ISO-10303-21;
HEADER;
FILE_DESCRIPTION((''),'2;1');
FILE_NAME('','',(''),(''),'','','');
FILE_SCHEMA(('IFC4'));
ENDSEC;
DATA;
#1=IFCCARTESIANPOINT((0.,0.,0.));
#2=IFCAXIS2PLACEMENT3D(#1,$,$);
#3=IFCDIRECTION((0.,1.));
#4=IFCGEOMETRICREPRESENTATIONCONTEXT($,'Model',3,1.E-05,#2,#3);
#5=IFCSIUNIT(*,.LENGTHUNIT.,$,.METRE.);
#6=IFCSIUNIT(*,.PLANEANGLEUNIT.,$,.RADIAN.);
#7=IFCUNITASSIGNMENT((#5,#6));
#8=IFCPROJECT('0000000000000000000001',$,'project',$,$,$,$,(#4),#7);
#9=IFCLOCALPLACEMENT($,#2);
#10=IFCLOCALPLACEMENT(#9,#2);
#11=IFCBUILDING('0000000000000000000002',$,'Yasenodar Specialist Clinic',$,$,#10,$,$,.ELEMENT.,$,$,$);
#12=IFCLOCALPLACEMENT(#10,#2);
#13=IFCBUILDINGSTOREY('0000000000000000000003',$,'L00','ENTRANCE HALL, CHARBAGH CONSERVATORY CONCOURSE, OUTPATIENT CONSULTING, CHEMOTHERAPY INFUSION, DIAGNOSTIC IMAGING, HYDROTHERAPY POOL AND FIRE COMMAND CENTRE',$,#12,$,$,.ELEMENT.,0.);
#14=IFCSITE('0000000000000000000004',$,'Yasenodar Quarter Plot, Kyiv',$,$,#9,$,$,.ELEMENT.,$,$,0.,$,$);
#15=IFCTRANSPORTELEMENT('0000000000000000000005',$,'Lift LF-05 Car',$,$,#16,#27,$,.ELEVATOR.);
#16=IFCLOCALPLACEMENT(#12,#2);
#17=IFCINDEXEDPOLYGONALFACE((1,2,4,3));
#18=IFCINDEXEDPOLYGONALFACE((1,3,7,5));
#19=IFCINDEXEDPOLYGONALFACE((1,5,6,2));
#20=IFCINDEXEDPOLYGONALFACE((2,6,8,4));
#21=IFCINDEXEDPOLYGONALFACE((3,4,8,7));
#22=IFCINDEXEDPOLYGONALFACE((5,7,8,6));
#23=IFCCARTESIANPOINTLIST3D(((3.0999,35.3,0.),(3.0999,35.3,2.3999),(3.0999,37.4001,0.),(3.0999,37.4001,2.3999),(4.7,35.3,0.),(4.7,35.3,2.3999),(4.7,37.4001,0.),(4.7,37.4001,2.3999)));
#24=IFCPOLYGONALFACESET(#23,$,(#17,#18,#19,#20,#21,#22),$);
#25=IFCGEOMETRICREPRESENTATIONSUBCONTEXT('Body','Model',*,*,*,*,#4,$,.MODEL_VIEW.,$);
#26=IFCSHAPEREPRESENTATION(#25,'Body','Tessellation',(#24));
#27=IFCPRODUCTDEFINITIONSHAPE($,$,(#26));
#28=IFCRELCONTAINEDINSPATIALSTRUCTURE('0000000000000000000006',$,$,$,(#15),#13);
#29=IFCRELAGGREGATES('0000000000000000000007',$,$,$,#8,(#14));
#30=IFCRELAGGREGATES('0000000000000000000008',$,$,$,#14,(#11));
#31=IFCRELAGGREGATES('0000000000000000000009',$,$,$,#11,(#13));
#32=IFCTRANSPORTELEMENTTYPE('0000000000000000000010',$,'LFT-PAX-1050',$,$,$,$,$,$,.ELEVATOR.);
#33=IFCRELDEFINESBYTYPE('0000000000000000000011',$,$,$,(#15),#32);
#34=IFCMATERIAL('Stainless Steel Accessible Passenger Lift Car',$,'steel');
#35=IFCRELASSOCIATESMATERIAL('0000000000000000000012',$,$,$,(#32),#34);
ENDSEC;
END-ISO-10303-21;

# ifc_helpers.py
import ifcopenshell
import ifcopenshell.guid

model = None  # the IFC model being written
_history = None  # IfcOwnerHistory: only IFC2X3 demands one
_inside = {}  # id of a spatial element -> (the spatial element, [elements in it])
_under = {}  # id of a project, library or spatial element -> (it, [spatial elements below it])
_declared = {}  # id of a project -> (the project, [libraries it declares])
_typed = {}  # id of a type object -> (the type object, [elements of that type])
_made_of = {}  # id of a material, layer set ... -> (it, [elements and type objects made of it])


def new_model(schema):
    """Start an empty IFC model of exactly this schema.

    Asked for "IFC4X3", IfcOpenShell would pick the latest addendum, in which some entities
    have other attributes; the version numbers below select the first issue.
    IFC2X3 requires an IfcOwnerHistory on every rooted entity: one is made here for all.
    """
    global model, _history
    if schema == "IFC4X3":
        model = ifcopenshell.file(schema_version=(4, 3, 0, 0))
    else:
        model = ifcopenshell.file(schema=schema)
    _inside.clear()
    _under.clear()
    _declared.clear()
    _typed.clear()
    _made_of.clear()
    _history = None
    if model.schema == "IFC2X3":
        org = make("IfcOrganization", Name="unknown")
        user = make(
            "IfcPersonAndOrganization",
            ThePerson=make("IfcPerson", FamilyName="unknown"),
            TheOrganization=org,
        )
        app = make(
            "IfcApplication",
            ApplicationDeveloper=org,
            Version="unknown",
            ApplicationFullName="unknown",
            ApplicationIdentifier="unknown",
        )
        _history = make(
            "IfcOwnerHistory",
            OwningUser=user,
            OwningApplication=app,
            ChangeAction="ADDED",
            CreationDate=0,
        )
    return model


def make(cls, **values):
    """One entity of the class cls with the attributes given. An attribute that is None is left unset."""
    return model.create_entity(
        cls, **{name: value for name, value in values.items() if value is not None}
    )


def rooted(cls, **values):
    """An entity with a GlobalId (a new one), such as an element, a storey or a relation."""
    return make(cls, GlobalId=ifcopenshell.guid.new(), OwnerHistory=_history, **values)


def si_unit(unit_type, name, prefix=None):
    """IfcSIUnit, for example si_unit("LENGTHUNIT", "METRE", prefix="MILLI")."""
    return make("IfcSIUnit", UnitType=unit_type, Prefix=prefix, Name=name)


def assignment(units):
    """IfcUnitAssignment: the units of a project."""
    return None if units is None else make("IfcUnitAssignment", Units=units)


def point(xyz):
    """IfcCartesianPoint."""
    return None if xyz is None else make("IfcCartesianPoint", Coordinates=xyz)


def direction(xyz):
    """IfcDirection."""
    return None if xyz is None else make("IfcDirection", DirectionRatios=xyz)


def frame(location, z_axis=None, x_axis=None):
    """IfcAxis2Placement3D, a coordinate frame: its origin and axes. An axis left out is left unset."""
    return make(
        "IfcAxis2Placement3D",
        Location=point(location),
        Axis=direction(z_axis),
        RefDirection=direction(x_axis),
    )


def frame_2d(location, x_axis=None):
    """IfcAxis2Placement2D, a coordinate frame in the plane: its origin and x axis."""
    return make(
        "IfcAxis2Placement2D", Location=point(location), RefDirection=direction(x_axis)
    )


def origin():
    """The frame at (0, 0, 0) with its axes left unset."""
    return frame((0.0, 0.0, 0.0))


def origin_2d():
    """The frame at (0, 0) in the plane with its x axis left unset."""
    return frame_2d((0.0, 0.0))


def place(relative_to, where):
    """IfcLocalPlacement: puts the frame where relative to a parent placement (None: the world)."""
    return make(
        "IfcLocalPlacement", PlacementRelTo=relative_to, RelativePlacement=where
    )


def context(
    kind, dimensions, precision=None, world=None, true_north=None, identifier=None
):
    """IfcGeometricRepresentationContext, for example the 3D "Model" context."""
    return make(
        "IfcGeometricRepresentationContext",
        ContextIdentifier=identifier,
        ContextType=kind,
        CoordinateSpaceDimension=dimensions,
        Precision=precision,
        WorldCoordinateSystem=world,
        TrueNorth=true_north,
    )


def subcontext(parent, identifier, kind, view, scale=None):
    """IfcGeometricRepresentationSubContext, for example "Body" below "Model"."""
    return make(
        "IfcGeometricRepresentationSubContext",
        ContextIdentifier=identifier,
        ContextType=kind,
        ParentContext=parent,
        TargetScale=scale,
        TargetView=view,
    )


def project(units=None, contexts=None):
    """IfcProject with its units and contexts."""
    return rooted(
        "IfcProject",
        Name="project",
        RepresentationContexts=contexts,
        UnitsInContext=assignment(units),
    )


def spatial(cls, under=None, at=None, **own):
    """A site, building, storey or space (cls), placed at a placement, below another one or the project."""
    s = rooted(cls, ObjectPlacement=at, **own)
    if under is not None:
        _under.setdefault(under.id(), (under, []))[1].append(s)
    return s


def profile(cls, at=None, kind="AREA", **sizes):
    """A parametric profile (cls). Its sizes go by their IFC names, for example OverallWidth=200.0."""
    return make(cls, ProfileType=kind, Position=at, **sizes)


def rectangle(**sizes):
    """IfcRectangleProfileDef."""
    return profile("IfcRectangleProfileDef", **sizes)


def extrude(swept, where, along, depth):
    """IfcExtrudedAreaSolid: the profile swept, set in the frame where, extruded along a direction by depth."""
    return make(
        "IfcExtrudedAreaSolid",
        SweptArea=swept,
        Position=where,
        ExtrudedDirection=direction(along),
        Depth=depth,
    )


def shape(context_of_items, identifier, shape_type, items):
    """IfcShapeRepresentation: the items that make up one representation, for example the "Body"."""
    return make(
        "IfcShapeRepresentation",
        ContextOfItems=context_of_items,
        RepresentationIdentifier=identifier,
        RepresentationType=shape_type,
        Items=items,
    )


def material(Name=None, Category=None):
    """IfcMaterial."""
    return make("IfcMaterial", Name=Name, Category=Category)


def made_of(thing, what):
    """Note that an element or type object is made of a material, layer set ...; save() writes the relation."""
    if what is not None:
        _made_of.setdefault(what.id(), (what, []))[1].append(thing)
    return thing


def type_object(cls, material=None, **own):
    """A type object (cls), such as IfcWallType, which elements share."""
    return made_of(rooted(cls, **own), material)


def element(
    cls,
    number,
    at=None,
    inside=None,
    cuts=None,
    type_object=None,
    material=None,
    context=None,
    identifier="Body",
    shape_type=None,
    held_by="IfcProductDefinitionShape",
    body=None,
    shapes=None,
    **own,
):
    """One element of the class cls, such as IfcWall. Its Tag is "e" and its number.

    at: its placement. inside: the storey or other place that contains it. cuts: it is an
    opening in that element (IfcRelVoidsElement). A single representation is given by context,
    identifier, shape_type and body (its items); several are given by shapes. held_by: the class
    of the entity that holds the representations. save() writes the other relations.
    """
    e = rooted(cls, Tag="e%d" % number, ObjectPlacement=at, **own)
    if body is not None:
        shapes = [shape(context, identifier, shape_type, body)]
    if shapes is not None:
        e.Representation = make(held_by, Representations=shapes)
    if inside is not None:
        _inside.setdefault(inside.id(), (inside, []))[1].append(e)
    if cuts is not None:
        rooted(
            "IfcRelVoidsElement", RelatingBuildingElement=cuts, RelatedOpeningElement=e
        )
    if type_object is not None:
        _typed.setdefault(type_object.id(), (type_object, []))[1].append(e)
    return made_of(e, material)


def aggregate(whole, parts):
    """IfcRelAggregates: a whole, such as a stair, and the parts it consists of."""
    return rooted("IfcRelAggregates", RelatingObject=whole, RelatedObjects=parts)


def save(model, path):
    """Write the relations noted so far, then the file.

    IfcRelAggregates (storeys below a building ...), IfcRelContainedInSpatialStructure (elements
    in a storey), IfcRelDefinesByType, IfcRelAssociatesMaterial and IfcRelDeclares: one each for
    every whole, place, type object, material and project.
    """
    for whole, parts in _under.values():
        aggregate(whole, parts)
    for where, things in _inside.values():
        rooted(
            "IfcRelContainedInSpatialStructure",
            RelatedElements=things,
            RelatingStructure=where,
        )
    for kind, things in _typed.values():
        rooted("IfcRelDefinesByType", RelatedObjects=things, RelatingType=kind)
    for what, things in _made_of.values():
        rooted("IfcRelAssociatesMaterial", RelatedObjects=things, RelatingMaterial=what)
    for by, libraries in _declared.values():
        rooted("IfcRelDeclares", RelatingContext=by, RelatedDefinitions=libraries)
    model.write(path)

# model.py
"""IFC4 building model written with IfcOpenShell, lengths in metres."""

from ifc_helpers import new_model, si_unit, direction, frame, origin, origin_2d, place, context, subcontext, project, spatial, rectangle, extrude, material, type_object, element, save


model = new_model("IFC4")

# Units and contexts
model_context = context("Model", 3, precision=1e-05, world=origin(), true_north=direction((0.0, 1.0)))
body_context = subcontext(model_context, "Body", "Model", "MODEL_VIEW")
ifc_project = project(units=[si_unit("LENGTHUNIT", "METRE"), si_unit("PLANEANGLEUNIT", "RADIAN")], contexts=[model_context])

# Site, building, storey
site_placement = place(None, origin())
site = spatial("IfcSite", under=ifc_project, at=site_placement, Name="Yasenodar Quarter Plot, Kyiv", CompositionType="ELEMENT", RefElevation=0.0)
building_placement = place(site_placement, origin())
building = spatial("IfcBuilding", under=site, at=building_placement, Name="Yasenodar Specialist Clinic", CompositionType="ELEMENT")
storey_placement = place(building_placement, origin())
storey = spatial("IfcBuildingStorey", under=building, at=storey_placement, Name="L00", Description="ENTRANCE HALL, CHARBAGH CONSERVATORY CONCOURSE, OUTPATIENT CONSULTING, CHEMOTHERAPY INFUSION, DIAGNOSTIC IMAGING, HYDROTHERAPY POOL AND FIRE COMMAND CENTRE", CompositionType="ELEMENT", Elevation=0.0)

# Transport element
ifc_material_1 = material(Name="Stainless Steel Accessible Passenger Lift Car", Category="steel")
transport_element_type = type_object("IfcTransportElementType", Name="LFT-PAX-1050", PredefinedType="ELEVATOR", material=ifc_material_1)
transport_element_placement = place(storey_placement, frame((3.8999, 36.3501, 0.0), z_axis=(0.0, 0.0, 1.0), x_axis=(1.0, 0.0, 0.0)))
element("IfcTransportElement", 1, at=transport_element_placement, inside=storey, type_object=transport_element_type, Name="Lift LF-05 Car", PredefinedType="ELEVATOR", context=body_context, shape_type="SweptSolid", body=[
    extrude(rectangle(XDim=1.6001, YDim=2.1001, at=origin_2d()), origin(), (0.0, 0.0, 1.0), 2.3999),
])

save(model, "model.ifc")
